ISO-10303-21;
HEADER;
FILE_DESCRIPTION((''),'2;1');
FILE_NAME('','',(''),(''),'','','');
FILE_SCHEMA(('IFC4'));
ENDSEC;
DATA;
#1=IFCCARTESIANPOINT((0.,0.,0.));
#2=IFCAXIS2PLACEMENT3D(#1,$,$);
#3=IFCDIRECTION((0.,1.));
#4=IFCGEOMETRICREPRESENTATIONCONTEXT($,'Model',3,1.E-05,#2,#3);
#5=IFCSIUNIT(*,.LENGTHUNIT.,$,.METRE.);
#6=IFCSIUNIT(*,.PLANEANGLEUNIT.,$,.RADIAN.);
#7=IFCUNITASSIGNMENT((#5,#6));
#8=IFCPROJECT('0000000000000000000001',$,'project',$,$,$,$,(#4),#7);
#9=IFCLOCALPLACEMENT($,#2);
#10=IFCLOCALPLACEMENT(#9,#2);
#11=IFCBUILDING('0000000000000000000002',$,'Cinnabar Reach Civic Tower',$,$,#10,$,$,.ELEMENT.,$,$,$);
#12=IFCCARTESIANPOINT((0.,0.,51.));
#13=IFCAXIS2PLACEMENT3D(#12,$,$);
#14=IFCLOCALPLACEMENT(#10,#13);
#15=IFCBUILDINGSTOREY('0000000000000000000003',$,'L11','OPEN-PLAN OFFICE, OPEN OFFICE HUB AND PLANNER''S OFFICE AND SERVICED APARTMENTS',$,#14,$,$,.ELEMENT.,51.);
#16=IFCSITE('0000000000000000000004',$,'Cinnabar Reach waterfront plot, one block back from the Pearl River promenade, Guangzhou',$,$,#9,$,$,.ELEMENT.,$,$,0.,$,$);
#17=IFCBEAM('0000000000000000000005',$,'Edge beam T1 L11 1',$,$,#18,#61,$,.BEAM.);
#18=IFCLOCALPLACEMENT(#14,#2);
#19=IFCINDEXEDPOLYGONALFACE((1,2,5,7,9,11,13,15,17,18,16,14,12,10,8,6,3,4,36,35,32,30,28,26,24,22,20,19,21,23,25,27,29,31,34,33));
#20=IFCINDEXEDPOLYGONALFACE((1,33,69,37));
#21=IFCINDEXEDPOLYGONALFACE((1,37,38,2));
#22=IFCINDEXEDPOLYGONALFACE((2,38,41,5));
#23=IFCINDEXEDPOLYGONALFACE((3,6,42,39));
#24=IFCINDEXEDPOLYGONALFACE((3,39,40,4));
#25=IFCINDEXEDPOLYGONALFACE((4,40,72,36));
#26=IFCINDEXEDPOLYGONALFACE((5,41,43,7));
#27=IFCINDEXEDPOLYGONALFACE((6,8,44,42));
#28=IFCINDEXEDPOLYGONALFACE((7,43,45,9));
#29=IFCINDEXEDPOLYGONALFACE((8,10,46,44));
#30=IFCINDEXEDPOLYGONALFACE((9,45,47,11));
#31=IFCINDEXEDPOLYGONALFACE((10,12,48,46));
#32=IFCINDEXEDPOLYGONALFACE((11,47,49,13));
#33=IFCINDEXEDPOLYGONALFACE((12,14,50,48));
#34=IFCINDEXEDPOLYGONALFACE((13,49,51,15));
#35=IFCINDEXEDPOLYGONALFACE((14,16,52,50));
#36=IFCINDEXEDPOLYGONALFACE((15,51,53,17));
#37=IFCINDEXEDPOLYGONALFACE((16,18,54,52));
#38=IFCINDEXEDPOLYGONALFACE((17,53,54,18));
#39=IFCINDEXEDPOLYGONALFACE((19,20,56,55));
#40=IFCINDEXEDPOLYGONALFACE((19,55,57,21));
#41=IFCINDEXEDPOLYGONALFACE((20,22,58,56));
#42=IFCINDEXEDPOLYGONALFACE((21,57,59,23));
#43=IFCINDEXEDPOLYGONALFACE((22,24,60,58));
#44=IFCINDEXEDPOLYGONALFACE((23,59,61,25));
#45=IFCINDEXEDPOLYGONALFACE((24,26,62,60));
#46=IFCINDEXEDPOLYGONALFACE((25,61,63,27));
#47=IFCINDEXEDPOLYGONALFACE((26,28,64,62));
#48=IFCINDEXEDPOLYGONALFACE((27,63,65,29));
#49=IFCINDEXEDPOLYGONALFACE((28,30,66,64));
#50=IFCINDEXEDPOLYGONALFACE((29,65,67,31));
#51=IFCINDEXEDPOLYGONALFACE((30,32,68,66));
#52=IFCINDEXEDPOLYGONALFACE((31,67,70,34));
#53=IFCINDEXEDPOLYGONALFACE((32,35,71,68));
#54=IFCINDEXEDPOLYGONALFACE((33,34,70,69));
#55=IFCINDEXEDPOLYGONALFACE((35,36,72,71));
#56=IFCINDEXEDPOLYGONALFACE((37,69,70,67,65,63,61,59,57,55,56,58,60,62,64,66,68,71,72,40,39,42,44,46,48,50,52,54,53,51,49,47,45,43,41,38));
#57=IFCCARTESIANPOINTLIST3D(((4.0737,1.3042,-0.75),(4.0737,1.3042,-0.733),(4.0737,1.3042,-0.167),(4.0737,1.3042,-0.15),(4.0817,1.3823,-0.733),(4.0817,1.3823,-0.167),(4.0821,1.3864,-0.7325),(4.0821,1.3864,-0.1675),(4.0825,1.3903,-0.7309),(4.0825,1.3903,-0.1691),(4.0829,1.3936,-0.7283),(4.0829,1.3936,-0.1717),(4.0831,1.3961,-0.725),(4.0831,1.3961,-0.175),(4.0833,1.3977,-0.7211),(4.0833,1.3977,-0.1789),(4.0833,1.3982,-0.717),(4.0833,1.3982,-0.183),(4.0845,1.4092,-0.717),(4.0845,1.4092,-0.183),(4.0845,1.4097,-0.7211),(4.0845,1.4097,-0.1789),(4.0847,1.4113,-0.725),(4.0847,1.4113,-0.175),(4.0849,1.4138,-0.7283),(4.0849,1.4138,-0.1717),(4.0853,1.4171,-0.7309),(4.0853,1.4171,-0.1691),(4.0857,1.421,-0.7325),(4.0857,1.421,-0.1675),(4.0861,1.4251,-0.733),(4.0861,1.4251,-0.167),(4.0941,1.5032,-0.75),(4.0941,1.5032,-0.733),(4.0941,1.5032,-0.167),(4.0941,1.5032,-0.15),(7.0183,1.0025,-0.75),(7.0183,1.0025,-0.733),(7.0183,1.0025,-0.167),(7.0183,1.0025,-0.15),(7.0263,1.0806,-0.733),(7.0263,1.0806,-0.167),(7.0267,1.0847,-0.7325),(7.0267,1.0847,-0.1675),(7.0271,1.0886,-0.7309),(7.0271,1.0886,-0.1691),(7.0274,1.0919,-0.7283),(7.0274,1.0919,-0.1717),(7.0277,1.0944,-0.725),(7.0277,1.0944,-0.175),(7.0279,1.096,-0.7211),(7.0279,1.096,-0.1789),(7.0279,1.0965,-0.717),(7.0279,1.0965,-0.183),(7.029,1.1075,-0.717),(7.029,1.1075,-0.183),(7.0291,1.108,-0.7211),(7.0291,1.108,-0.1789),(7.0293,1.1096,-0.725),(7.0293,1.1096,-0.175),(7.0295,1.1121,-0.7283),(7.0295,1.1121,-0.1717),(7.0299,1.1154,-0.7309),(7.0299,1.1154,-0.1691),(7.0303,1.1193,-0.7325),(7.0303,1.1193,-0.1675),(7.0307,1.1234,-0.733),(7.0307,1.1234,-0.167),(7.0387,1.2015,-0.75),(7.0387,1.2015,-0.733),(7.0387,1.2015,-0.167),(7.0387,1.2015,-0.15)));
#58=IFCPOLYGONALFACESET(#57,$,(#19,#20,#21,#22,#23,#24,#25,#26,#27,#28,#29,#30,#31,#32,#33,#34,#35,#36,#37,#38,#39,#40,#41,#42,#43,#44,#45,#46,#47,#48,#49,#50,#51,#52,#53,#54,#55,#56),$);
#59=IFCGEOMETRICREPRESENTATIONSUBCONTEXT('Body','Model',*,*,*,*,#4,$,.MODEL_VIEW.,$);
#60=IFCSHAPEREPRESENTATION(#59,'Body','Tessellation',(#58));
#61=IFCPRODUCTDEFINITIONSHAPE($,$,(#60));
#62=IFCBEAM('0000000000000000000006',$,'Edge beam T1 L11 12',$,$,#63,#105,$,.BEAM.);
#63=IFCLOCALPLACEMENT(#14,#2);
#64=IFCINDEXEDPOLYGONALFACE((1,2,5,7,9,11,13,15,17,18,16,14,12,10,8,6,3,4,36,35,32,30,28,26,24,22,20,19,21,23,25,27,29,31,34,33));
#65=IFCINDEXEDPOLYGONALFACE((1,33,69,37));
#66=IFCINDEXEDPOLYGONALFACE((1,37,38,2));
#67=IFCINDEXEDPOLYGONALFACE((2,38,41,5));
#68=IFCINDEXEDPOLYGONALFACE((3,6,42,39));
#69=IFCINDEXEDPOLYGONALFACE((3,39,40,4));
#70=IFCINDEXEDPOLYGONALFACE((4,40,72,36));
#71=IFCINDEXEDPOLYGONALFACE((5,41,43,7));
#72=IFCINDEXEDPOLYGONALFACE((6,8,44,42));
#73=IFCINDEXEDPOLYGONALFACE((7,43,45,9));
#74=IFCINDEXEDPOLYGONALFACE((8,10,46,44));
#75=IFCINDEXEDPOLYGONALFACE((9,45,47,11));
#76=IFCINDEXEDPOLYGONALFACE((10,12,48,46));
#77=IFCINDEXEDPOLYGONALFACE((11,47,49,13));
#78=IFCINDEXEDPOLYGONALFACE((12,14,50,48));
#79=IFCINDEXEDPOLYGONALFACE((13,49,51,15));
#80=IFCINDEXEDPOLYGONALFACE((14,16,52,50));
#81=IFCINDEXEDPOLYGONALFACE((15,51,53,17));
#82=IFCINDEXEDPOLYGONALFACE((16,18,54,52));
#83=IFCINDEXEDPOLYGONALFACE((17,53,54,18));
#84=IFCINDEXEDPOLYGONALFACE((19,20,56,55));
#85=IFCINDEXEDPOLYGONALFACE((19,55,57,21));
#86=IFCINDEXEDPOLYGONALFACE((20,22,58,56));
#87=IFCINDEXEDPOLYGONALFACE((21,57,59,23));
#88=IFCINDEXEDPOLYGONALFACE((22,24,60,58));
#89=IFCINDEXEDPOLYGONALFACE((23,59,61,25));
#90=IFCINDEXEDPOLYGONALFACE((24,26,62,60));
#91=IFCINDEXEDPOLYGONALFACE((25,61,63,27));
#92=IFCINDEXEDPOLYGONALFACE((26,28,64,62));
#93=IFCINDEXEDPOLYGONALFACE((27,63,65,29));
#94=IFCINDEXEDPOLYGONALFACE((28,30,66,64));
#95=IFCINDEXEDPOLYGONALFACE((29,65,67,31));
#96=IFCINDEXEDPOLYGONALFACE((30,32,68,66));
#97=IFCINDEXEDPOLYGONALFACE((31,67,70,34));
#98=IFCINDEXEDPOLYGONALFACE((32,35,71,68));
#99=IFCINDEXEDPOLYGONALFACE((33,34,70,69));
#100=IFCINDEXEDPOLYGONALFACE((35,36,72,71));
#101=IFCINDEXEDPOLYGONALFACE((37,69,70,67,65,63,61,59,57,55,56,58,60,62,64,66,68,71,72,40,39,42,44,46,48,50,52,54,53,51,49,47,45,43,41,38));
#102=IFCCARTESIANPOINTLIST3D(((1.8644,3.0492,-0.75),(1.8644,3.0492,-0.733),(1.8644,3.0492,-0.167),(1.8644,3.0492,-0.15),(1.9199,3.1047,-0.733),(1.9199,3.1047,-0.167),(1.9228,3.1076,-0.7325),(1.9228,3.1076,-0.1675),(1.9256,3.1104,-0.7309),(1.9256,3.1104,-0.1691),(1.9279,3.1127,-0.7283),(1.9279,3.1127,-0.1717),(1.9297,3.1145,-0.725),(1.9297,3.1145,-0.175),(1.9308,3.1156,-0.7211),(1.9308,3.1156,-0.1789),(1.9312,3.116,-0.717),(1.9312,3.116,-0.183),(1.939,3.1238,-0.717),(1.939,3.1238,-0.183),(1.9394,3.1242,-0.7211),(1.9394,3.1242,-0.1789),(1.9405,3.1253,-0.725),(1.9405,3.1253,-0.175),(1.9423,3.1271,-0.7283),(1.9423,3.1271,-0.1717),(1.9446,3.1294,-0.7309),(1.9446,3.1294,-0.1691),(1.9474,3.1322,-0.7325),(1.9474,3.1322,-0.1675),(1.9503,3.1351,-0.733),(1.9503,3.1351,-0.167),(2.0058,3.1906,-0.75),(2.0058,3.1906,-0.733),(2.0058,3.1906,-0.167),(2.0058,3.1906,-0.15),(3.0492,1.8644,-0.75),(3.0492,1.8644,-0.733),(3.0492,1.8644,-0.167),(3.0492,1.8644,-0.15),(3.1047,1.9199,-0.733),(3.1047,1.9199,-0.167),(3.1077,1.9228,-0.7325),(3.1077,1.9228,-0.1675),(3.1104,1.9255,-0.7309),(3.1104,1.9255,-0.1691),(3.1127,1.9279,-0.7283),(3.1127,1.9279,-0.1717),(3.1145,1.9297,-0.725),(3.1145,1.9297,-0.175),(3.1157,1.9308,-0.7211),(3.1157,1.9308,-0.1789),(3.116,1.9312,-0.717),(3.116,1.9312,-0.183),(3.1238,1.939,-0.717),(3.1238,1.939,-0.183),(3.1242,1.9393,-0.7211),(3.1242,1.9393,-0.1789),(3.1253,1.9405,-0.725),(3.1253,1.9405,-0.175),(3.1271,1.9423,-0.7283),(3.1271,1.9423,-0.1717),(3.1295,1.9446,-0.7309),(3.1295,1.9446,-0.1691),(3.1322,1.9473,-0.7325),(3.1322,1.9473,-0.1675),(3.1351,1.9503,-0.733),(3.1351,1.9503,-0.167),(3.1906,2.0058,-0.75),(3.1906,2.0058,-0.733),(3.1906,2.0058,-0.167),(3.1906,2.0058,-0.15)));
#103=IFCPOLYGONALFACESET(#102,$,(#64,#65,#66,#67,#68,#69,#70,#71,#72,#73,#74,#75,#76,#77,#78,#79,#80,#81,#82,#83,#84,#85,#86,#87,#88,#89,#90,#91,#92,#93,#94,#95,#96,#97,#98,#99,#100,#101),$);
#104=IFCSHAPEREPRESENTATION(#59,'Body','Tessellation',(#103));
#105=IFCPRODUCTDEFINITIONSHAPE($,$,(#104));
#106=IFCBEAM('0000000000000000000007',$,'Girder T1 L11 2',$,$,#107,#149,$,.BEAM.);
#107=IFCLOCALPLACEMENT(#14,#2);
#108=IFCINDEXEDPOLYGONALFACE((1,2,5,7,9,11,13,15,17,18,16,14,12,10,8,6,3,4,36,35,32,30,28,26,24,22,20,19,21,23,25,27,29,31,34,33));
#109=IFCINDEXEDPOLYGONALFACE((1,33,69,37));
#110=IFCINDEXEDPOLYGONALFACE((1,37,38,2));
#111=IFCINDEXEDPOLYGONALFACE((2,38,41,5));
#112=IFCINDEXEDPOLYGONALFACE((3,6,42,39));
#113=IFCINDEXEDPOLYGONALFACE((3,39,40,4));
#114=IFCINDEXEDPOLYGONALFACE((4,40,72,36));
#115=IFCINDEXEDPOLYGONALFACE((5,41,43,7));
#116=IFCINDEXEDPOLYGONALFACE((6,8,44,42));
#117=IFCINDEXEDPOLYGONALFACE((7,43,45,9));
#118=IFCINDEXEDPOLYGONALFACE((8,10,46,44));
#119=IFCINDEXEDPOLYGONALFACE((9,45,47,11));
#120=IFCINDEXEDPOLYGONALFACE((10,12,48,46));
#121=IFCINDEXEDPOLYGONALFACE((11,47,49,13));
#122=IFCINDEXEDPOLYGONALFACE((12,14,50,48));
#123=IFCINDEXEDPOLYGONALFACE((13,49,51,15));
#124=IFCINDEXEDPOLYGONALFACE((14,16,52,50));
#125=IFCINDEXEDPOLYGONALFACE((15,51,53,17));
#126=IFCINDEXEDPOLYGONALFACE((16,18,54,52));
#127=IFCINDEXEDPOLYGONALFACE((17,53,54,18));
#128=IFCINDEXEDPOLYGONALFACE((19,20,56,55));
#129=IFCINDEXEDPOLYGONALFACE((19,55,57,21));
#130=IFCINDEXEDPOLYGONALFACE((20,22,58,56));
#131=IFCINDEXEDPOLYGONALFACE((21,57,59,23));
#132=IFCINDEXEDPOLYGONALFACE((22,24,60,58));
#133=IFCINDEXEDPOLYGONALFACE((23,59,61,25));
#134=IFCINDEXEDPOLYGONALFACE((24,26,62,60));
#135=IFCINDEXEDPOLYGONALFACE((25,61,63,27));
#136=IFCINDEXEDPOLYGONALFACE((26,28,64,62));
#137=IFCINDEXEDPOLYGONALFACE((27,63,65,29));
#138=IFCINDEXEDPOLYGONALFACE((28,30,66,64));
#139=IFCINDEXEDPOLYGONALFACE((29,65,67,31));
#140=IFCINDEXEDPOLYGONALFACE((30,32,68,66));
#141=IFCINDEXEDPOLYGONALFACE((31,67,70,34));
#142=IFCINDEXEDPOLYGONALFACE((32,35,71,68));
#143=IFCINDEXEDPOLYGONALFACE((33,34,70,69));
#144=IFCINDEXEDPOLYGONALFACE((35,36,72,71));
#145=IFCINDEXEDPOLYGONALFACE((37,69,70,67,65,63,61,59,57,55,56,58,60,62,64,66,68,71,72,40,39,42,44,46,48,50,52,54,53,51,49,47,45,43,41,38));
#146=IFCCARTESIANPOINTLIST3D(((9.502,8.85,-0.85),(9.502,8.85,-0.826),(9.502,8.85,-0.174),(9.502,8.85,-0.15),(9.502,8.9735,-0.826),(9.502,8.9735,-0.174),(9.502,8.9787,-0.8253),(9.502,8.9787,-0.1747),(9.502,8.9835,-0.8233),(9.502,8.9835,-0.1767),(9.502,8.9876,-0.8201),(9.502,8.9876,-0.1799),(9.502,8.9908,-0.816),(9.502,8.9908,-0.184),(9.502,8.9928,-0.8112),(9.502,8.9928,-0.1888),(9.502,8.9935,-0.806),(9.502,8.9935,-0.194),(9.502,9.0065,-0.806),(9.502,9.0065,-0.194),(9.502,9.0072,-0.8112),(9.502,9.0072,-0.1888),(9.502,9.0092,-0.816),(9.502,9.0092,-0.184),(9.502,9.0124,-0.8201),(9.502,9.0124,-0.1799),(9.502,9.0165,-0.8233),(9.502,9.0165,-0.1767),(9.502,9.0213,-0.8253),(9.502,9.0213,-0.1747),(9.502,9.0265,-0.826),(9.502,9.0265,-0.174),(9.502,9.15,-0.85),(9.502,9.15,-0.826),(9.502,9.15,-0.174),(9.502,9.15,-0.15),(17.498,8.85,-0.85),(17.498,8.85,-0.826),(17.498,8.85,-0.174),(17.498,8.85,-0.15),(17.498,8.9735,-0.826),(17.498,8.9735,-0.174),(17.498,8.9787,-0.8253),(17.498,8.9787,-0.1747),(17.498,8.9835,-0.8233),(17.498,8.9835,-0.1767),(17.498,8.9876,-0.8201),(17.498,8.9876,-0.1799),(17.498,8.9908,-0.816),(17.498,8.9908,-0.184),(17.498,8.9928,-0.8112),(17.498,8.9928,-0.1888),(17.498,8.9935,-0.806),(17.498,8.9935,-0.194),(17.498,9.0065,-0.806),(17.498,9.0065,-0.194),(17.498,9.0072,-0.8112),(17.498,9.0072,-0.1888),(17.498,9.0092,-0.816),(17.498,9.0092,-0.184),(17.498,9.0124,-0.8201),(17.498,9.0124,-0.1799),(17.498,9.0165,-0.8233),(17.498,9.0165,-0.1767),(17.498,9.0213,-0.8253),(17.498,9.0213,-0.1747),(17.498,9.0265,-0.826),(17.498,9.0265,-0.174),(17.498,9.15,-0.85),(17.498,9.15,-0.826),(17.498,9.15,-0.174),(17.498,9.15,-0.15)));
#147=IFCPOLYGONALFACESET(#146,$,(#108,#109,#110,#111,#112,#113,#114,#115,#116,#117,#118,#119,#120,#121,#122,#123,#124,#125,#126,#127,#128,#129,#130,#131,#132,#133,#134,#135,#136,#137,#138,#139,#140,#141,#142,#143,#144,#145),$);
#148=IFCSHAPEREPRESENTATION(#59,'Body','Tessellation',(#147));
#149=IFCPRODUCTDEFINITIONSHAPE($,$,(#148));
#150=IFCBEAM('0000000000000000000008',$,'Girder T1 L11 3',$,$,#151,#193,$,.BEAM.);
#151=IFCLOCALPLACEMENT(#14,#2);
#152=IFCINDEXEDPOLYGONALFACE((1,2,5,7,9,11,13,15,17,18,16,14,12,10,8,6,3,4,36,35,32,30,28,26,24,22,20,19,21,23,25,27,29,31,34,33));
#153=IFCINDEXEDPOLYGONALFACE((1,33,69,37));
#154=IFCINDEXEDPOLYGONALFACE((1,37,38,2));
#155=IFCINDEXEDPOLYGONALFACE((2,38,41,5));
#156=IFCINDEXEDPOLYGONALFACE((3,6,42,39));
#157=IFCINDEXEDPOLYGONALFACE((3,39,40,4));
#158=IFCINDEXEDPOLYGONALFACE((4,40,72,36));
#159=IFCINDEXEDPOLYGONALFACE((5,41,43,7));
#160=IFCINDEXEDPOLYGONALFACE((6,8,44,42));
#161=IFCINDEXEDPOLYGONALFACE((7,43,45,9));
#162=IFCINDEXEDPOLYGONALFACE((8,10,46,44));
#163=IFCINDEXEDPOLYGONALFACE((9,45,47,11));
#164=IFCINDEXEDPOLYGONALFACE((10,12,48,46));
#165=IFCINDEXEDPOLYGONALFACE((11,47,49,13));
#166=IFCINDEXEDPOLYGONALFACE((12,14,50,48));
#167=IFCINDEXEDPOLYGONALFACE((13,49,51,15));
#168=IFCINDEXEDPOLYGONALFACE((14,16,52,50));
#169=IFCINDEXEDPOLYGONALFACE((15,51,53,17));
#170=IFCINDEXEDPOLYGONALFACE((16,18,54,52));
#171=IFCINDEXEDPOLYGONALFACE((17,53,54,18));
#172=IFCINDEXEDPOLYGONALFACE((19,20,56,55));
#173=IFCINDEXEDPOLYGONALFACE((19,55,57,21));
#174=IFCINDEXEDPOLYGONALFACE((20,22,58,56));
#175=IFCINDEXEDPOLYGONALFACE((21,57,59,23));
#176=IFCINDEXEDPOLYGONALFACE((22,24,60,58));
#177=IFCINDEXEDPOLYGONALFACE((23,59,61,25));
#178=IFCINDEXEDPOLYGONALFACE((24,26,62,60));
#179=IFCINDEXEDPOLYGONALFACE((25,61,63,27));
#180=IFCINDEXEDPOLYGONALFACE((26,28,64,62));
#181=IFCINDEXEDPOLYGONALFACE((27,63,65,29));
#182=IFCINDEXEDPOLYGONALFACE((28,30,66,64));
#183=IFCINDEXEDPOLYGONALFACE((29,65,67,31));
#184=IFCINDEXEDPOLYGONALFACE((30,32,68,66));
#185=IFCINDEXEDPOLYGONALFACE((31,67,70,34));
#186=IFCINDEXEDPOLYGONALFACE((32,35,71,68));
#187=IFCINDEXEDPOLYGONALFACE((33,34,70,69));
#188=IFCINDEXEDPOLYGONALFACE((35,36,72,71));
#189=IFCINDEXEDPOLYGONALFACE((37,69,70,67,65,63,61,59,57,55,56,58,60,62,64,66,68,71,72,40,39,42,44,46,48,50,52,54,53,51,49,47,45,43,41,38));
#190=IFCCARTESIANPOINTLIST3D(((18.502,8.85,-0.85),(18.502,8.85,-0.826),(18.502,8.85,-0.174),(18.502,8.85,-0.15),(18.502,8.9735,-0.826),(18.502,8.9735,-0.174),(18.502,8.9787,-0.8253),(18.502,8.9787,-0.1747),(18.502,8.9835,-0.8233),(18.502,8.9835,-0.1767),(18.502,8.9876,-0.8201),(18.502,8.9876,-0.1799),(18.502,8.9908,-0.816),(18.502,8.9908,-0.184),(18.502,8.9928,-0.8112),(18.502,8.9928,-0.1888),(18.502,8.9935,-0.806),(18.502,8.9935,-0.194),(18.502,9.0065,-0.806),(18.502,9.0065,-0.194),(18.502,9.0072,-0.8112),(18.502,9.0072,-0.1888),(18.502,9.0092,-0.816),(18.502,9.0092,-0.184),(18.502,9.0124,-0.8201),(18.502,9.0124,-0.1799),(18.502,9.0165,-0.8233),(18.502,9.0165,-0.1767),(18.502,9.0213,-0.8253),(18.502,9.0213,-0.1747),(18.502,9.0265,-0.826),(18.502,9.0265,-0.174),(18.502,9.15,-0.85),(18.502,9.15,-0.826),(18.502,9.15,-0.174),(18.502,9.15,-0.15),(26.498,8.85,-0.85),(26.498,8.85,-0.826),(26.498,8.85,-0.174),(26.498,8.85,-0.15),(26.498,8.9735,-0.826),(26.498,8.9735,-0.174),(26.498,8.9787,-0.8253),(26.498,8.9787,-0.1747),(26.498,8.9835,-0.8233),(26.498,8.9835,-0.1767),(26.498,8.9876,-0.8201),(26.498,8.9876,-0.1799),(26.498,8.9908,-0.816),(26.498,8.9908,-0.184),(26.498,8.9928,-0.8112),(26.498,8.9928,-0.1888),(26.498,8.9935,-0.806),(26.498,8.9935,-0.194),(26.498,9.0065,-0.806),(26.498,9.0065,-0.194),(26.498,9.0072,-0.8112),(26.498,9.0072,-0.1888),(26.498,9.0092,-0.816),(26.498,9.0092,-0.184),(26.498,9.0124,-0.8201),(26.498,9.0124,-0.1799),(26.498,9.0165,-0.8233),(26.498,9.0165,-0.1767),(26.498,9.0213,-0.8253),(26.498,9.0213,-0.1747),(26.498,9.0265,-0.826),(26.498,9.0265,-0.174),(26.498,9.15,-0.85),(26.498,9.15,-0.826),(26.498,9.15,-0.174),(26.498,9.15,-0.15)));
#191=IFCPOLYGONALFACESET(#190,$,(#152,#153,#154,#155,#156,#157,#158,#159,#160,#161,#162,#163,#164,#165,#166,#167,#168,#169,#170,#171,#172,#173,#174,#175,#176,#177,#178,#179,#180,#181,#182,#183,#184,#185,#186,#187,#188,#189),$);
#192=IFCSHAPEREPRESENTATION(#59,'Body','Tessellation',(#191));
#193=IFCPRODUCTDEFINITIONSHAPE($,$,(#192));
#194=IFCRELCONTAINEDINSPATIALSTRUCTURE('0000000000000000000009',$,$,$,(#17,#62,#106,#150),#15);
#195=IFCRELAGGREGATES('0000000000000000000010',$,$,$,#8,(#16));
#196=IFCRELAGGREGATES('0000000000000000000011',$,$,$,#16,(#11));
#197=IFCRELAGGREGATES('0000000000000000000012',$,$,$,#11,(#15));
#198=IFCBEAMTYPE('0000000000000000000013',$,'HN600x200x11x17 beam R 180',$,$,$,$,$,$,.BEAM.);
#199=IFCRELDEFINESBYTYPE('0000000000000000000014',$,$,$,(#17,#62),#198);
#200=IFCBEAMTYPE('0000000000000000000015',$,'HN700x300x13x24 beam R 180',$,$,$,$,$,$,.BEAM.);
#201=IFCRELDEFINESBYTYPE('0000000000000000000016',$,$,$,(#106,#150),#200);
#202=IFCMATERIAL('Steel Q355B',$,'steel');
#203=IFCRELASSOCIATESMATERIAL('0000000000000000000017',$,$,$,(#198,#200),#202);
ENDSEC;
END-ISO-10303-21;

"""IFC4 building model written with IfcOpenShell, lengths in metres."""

from ifc_helpers import new_model, si_unit, direction, frame, origin, origin_2d, place, context, subcontext, project, spatial, i_section, extrude, material, material_profile, profile_set, type_object, element, save


model = new_model("IFC4")

# Units and contexts
model_context = context("Model", 3, precision=1e-05, world=origin(), true_north=direction((0.0, 1.0)))
body_context = subcontext(model_context, "Body", "Model", "MODEL_VIEW")
ifc_project = project(units=[si_unit("LENGTHUNIT", "METRE"), si_unit("PLANEANGLEUNIT", "RADIAN")], contexts=[model_context])

# Site, building, storey
site_placement = place(None, origin())
site = spatial("IfcSite", under=ifc_project, at=site_placement, Name="Cinnabar Reach waterfront plot, one block back from the Pearl River promenade, Guangzhou", CompositionType="ELEMENT", RefElevation=0.0)
building_placement = place(site_placement, origin())
building = spatial("IfcBuilding", under=site, at=building_placement, Name="Cinnabar Reach Civic Tower", CompositionType="ELEMENT")
storey_placement = place(building_placement, frame((0.0, 0.0, 51.0)))
storey = spatial("IfcBuildingStorey", under=building, at=storey_placement, Name="L11", Description="OPEN-PLAN OFFICE, OPEN OFFICE HUB AND PLANNER'S OFFICE AND SERVICED APARTMENTS", CompositionType="ELEMENT", Elevation=51.0)

# Beams
ifc_material_1 = material(Name="Steel Q355B", Category="steel")
ifc_material_profile_1 = material_profile(ifc_material_1, i_section(OverallWidth=0.2, OverallDepth=0.6, WebThickness=0.011, FlangeThickness=0.017, FilletRadius=0.016, at=origin_2d()), Name="HN600x200x11x17")
ifc_profile_set_1 = profile_set([ifc_material_profile_1], Name="Steel Q355B")
beam_type_1 = type_object("IfcBeamType", Name="HN600x200x11x17 beam R 180", PredefinedType="BEAM", material=ifc_profile_set_1)
beam_1_placement = place(storey_placement, frame((4.0839, 1.4037, -0.45), z_axis=(0.994792, -0.101925, 0.0), x_axis=(0.101925, 0.994792, 0.0)))
element("IfcBeam", 1, at=beam_1_placement, inside=storey, type_object=beam_type_1, Name="Edge beam T1 L11 1", PredefinedType="BEAM", context=body_context, shape_type="SweptSolid", body=[
    extrude(i_section(OverallWidth=0.2, OverallDepth=0.6, WebThickness=0.011, FlangeThickness=0.017, FilletRadius=0.016, at=origin_2d()), origin(), (0.0, 0.0, 1.0), 2.96),
])
beam_2_placement = place(storey_placement, frame((1.9351, 3.1199, -0.45), z_axis=(0.707107, -0.707107, 0.0), x_axis=(0.707107, 0.707107, 0.0)))
element("IfcBeam", 2, at=beam_2_placement, inside=storey, type_object=beam_type_1, Name="Edge beam T1 L11 12", PredefinedType="BEAM", context=body_context, shape_type="SweptSolid", body=[
    extrude(i_section(OverallWidth=0.2, OverallDepth=0.6, WebThickness=0.011, FlangeThickness=0.017, FilletRadius=0.016, at=origin_2d()), origin(), (0.0, 0.0, 1.0), 1.6756),
])
ifc_material_profile_2 = material_profile(ifc_material_1, i_section(OverallWidth=0.3, OverallDepth=0.7, WebThickness=0.013, FlangeThickness=0.024, FilletRadius=0.02, at=origin_2d()), Name="HN700x300x13x24")
ifc_profile_set_2 = profile_set([ifc_material_profile_2], Name="Steel Q355B")
beam_type_2 = type_object("IfcBeamType", Name="HN700x300x13x24 beam R 180", PredefinedType="BEAM", material=ifc_profile_set_2)
for number, where, z_axis, x_axis, name in (
    (3, (9.502, 9.0, -0.5), (1.0, 0.0, 0.0), (0.0, 1.0, 0.0), "Girder T1 L11 2"),
    (4, (18.502, 9.0, -0.5), (1.0, 0.0, 0.0), (0.0, 1.0, 0.0), "Girder T1 L11 3"),
):
    element("IfcBeam", number, at=place(storey_placement, frame(where, z_axis=z_axis, x_axis=x_axis)), inside=storey, type_object=beam_type_2, Name=name, PredefinedType="BEAM", context=body_context, shape_type="SweptSolid", body=[
        extrude(i_section(OverallWidth=0.3, OverallDepth=0.7, WebThickness=0.013, FlangeThickness=0.024, FilletRadius=0.02, at=origin_2d()), origin(), (0.0, 0.0, 1.0), 7.996),
    ])

save(model, "model.ifc")
